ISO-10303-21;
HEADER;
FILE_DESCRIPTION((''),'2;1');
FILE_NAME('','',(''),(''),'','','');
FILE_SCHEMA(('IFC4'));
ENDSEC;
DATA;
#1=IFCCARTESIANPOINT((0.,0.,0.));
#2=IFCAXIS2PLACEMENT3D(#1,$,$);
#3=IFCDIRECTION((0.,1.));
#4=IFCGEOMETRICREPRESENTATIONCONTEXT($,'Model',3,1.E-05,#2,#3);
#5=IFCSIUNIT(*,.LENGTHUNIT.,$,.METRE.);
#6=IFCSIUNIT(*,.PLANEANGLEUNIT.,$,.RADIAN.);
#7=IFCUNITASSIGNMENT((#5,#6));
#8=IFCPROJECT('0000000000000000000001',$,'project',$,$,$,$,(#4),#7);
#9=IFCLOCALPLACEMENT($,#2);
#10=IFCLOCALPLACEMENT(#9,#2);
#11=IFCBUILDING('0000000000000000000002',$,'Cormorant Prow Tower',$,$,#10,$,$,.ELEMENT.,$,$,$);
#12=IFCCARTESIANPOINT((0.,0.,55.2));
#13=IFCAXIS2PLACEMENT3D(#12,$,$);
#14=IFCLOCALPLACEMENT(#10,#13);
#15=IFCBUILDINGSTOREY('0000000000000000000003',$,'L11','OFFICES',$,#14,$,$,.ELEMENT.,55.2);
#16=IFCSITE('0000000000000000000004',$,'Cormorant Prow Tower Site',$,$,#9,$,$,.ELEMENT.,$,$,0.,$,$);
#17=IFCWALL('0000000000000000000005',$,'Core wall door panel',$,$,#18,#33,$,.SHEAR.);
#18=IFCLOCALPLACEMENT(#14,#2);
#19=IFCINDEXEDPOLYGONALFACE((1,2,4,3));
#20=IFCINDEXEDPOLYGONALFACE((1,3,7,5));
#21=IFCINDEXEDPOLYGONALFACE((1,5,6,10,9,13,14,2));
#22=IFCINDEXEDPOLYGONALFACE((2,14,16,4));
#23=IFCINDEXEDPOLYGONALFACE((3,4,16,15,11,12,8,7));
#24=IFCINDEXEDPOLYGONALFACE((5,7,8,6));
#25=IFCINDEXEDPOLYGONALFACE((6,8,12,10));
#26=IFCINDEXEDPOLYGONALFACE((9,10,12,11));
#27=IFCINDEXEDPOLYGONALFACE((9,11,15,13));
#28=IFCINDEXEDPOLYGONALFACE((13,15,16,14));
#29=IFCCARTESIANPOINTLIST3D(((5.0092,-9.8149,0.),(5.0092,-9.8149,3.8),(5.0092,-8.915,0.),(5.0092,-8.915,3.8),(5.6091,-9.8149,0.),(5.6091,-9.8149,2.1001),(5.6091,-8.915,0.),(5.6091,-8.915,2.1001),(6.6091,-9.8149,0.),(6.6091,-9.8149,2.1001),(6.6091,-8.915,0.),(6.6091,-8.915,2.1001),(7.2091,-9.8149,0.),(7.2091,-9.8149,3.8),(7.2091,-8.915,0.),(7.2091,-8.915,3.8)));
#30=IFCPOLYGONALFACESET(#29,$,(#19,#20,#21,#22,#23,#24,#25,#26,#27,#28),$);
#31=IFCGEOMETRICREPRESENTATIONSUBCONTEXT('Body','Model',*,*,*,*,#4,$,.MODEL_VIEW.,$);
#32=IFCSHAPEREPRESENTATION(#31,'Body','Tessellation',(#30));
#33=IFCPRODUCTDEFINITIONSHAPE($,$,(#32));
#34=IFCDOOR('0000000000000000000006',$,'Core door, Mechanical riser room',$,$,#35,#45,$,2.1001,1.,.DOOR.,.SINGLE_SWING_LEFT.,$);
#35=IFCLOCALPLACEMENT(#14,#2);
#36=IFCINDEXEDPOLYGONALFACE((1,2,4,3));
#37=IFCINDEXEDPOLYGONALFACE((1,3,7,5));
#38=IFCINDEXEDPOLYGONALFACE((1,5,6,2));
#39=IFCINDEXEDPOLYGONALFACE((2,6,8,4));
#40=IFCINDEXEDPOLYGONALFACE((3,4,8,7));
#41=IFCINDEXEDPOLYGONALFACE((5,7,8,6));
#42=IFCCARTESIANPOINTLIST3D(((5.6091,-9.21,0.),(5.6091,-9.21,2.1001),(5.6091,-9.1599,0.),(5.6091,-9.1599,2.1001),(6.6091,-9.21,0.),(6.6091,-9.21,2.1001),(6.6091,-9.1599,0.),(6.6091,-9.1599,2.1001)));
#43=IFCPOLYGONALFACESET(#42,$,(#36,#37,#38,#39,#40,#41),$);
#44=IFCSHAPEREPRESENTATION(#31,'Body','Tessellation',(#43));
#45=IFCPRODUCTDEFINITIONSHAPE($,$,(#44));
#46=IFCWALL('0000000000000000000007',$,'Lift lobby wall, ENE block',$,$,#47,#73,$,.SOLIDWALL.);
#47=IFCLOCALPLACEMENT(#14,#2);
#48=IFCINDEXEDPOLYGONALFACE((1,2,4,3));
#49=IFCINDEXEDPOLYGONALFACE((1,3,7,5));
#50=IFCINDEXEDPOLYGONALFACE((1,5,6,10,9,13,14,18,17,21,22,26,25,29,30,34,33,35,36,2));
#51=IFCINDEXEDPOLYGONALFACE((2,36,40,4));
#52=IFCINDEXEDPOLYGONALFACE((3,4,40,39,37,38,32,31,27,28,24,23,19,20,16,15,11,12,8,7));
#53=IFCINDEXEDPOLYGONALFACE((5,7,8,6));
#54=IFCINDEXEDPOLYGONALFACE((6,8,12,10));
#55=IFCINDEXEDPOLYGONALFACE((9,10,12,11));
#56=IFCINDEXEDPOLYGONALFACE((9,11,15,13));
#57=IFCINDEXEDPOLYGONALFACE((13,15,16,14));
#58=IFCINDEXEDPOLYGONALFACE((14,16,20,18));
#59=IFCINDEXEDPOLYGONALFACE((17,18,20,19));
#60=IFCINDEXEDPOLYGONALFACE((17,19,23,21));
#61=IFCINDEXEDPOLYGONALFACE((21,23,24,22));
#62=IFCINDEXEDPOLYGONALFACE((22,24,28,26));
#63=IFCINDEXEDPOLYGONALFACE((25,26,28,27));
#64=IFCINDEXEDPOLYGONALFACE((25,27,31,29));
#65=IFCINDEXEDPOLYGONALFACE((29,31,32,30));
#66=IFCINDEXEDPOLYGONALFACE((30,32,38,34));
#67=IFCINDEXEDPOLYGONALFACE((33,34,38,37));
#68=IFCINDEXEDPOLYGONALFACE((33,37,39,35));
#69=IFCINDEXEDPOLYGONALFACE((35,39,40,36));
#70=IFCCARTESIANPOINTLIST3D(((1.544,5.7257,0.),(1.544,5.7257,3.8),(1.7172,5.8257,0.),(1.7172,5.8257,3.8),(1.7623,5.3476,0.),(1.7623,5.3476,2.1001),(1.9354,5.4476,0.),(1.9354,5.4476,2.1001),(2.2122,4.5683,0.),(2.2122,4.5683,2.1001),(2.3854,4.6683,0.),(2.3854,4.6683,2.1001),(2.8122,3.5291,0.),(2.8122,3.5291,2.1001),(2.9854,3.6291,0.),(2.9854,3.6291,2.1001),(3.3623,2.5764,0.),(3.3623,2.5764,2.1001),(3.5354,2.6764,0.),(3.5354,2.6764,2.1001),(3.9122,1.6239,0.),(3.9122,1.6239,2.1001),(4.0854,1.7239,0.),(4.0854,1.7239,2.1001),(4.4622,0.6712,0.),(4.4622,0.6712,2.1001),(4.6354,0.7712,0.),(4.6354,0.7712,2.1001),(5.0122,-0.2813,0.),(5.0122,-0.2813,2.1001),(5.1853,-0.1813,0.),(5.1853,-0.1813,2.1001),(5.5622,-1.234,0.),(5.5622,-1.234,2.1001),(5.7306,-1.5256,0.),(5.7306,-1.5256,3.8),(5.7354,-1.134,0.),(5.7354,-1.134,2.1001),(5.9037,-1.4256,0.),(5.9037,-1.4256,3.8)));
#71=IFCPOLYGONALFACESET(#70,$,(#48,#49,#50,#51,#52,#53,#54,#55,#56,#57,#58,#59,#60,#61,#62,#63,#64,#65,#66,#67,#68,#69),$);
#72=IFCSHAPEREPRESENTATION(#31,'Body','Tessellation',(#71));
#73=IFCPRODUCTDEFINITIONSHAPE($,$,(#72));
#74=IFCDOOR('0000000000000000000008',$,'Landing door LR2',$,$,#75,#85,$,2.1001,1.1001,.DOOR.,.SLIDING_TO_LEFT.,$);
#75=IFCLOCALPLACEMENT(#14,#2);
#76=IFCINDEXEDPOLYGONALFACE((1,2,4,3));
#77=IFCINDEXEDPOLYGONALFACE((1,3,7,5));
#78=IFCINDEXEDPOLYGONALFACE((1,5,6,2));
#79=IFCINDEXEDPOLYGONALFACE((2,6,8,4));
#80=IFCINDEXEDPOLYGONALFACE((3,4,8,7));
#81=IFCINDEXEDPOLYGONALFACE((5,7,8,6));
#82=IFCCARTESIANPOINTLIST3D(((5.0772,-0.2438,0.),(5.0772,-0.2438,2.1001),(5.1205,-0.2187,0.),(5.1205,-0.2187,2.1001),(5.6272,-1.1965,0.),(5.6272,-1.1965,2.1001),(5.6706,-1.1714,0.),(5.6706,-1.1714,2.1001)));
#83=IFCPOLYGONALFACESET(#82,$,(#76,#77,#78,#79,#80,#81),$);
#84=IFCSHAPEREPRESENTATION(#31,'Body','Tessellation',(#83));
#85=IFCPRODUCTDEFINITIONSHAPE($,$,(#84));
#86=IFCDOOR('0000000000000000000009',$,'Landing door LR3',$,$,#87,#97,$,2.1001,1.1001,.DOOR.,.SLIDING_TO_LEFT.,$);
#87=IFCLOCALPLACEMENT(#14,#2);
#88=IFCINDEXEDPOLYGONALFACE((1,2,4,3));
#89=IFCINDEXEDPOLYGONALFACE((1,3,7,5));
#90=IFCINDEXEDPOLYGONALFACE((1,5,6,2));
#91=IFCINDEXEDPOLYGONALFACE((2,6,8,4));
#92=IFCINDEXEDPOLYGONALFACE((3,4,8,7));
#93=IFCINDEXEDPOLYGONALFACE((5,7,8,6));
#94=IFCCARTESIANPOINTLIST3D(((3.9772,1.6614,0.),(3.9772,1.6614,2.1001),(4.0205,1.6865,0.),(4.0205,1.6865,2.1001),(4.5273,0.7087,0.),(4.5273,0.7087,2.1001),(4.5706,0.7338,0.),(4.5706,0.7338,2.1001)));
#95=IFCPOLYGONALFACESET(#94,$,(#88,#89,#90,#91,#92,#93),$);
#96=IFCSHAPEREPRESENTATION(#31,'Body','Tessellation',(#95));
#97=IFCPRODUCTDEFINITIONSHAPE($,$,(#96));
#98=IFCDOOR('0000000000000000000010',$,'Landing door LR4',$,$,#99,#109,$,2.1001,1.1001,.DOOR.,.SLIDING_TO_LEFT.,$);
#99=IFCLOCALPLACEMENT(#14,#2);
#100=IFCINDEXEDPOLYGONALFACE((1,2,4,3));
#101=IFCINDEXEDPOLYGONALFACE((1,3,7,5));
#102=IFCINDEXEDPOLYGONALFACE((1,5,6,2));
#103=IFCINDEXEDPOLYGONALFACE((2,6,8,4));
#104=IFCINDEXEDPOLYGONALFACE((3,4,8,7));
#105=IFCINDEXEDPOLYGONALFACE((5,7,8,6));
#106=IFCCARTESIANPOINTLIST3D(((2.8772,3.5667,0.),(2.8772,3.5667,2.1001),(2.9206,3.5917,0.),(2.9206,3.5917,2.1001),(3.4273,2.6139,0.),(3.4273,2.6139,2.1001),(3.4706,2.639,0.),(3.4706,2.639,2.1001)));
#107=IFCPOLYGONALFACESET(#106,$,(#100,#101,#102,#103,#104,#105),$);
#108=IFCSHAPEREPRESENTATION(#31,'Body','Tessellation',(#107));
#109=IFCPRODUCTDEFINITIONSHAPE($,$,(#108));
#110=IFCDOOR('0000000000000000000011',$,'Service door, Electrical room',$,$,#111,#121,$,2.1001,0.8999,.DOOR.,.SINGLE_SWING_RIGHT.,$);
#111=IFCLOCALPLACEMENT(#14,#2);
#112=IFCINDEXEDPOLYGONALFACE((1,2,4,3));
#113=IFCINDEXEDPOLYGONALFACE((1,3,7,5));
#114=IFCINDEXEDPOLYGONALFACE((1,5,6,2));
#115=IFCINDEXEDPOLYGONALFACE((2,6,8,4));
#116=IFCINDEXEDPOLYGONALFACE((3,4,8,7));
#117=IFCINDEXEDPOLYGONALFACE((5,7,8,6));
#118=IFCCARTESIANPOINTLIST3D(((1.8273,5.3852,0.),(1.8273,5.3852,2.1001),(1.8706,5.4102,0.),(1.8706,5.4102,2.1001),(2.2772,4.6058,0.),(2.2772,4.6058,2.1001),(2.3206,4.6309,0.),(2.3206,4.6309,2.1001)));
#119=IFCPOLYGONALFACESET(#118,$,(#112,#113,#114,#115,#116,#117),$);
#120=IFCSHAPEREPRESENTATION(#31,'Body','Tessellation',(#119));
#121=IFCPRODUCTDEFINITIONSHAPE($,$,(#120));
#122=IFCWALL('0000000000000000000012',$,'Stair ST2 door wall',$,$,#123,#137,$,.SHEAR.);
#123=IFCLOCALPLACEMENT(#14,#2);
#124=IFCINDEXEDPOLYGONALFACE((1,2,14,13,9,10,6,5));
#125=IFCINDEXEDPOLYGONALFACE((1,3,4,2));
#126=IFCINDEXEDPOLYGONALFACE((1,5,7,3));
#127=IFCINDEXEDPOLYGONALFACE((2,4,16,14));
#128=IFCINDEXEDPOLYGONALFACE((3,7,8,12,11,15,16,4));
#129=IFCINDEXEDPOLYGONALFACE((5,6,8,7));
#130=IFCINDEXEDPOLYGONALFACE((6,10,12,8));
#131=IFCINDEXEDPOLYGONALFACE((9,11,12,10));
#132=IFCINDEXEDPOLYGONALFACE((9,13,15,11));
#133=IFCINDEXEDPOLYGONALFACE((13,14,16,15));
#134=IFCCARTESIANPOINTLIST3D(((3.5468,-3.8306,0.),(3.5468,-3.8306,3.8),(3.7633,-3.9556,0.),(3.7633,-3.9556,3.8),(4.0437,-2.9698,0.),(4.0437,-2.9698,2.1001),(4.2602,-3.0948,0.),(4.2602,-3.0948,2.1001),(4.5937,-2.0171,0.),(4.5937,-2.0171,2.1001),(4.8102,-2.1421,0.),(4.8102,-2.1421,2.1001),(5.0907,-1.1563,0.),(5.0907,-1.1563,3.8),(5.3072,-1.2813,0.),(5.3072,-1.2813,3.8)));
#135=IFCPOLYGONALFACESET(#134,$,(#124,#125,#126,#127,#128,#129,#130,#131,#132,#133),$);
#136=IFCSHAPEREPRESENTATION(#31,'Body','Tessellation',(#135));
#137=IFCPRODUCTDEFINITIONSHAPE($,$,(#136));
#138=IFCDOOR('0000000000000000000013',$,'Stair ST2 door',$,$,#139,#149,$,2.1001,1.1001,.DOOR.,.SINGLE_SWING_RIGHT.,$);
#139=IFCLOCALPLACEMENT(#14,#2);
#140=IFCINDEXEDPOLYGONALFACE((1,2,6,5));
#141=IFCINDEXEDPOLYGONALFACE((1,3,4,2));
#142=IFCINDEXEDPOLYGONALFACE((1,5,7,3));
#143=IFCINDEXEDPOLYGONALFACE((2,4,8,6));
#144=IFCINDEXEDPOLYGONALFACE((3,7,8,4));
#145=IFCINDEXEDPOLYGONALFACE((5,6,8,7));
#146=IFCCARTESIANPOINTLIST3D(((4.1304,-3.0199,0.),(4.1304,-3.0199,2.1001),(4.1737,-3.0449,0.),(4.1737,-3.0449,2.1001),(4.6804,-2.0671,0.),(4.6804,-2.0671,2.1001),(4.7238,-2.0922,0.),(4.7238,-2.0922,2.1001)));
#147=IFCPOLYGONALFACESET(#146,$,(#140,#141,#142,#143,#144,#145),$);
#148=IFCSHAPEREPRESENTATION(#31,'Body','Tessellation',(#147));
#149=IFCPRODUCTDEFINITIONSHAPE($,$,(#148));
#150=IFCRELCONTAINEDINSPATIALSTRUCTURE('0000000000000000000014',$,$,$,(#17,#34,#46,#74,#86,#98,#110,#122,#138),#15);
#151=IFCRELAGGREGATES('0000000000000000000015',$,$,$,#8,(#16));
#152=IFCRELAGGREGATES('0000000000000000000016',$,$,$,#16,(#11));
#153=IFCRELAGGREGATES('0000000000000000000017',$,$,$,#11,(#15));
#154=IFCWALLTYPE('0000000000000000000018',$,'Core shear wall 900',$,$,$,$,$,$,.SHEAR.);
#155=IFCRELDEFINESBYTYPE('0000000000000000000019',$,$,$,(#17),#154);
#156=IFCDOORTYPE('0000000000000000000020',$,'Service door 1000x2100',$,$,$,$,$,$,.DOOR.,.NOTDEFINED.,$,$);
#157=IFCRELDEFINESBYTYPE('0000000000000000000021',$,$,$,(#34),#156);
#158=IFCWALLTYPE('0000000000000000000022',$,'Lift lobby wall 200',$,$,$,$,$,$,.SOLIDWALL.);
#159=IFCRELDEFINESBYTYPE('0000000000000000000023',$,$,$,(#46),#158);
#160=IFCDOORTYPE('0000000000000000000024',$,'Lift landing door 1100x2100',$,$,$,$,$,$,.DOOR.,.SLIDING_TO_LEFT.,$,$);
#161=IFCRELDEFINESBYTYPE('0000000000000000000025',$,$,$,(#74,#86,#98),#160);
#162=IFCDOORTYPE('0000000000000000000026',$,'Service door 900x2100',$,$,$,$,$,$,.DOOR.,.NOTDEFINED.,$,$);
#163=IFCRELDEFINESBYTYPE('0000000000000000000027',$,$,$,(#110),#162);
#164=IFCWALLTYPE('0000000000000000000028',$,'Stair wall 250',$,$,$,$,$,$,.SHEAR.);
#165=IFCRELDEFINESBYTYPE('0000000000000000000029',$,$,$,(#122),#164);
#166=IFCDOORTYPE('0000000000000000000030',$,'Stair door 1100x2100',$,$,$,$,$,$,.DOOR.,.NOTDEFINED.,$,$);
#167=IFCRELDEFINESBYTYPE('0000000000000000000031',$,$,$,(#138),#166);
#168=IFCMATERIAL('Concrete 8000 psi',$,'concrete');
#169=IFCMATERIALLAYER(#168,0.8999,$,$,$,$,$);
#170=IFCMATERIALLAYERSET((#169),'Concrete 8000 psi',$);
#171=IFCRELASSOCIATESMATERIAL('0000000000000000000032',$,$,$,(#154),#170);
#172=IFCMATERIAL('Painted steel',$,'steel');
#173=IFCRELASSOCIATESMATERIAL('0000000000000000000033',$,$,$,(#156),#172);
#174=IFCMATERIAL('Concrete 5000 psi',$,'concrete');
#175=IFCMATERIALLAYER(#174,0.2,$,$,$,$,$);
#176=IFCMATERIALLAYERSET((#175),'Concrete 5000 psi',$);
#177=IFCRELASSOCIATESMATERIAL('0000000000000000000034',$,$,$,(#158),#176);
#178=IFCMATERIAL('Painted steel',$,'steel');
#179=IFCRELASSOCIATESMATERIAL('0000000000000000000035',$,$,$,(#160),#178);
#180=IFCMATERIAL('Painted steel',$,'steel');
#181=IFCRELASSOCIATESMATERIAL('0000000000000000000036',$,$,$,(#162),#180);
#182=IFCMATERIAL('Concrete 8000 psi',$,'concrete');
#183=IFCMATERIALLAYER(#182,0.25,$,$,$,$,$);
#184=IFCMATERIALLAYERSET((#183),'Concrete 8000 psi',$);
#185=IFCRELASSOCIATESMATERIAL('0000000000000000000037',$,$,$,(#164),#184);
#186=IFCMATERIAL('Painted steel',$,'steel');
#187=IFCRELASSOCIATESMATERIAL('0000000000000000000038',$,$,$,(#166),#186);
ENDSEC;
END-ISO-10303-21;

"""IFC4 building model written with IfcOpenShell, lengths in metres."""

from ifc_helpers import new_model, si_unit, direction, frame, frame_2d, origin, place, context, subcontext, project, spatial, rectangle, extrude, material, layer, layer_set, type_object, element, fill, save


model = new_model("IFC4")

# Units and contexts
model_context = context("Model", 3, precision=1e-05, world=origin(), true_north=direction((0.0, 1.0)))
body_context = subcontext(model_context, "Body", "Model", "MODEL_VIEW")
ifc_project = project(units=[si_unit("LENGTHUNIT", "METRE"), si_unit("PLANEANGLEUNIT", "RADIAN")], contexts=[model_context])

# Site, building, storey
site_placement = place(None, origin())
site = spatial("IfcSite", under=ifc_project, at=site_placement, Name="Cormorant Prow Tower Site", CompositionType="ELEMENT", RefElevation=0.0)
building_placement = place(site_placement, origin())
building = spatial("IfcBuilding", under=site, at=building_placement, Name="Cormorant Prow Tower", CompositionType="ELEMENT")
storey_placement = place(building_placement, frame((0.0, 0.0, 55.2)))
storey = spatial("IfcBuildingStorey", under=building, at=storey_placement, Name="L11", Description="OFFICES", CompositionType="ELEMENT", Elevation=55.2)

# Shared definitions
ifc_material_1 = material(Name="Concrete 8000 psi", Category="concrete")
ifc_layer_1 = layer(ifc_material_1, 0.8999)
ifc_layer_set_1 = layer_set([ifc_layer_1], Name="Concrete 8000 psi")
wall_type_1 = type_object("IfcWallType", Name="Core shear wall 900", PredefinedType="SHEAR", material=ifc_layer_set_1)

# Wall, opening, door
ifc_material_2 = material(Name="Painted steel", Category="steel")
door_type_1 = type_object("IfcDoorType", Name="Service door 1000x2100", OperationType="NOTDEFINED", PredefinedType="DOOR", material=ifc_material_2)
wall_1_placement = place(storey_placement, frame((5.009, -9.365, 0.0), z_axis=(0.0, 0.0, 1.0), x_axis=(1.0, 0.0, 0.0)))
wall_1 = element("IfcWall", 1, at=wall_1_placement, inside=storey, type_object=wall_type_1, Name="Core wall door panel", PredefinedType="SHEAR", context=body_context, shape_type="SweptSolid", body=[
    extrude(rectangle(XDim=2.2, YDim=0.8999, at=frame_2d((1.1001, 0.0))), origin(), (0.0, 0.0, 1.0), 3.8),
])
opening_1_placement = place(wall_1_placement, frame((0.6001, 0.0, 0.0)))
opening_1 = element("IfcOpeningElement", 2, at=opening_1_placement, cuts=wall_1, PredefinedType="OPENING", context=body_context, shape_type="SweptSolid", body=[
    extrude(rectangle(XDim=1.0, YDim=2.1001, at=frame_2d((0.5, 1.05))), frame((0.0, 0.46, 0.0), z_axis=(0.0, -1.0, 0.0), x_axis=(1.0, 0.0, 0.0)), (0.0, 0.0, 1.0), 0.9199),
])
door_1_placement = place(opening_1_placement, origin())
door_1 = element("IfcDoor", 3, at=door_1_placement, inside=storey, type_object=door_type_1, Name="Core door, Mechanical riser room", OperationType="SINGLE_SWING_LEFT", OverallHeight=2.1001, OverallWidth=1.0, PredefinedType="DOOR", context=body_context, shape_type="SweptSolid", body=[
    extrude(rectangle(XDim=1.0, YDim=2.1001, at=frame_2d((0.5, 1.05))), frame((0.0, 0.2051, 0.0), z_axis=(0.0, -1.0, 0.0), x_axis=(1.0, 0.0, 0.0)), (0.0, 0.0, 1.0), 0.05),
])
fill(opening_1, door_1)

# Wall, openings, doors
ifc_material_3 = material(Name="Concrete 5000 psi", Category="concrete")
ifc_layer_2 = layer(ifc_material_3, 0.2)
ifc_layer_set_2 = layer_set([ifc_layer_2], Name="Concrete 5000 psi")
wall_type_2 = type_object("IfcWallType", Name="Lift lobby wall 200", PredefinedType="SOLIDWALL", material=ifc_layer_set_2)
wall_2_placement = place(storey_placement, frame((5.8171, -1.4756, 0.0), z_axis=(0.0, 0.0, 1.0), x_axis=(-0.500003, 0.866024, 0.0)))
wall_2 = element("IfcWall", 4, at=wall_2_placement, inside=storey, type_object=wall_type_2, Name="Lift lobby wall, ENE block", PredefinedType="SOLIDWALL", context=body_context, shape_type="SweptSolid", body=[
    extrude(rectangle(XDim=8.373, YDim=0.2, at=frame_2d((4.1865, 0.0))), origin(), (0.0, 0.0, 1.0), 3.8),
])
opening_2_placement = place(wall_2_placement, frame((0.3367, 0.0, 0.0)))
opening_2 = element("IfcOpeningElement", 5, at=opening_2_placement, cuts=wall_2, PredefinedType="OPENING", context=body_context, shape_type="SweptSolid", body=[
    extrude(rectangle(XDim=1.1001, YDim=2.1001, at=frame_2d((0.55, 1.05))), frame((0.0, 0.1099, 0.0), z_axis=(0.0, -1.0, 0.0), x_axis=(1.0, 0.0, 0.0)), (0.0, 0.0, 1.0), 0.22),
])
opening_3_placement = place(wall_2_placement, frame((2.5366, 0.0, 0.0)))
opening_3 = element("IfcOpeningElement", 6, at=opening_3_placement, cuts=wall_2, PredefinedType="OPENING", context=body_context, shape_type="SweptSolid", body=[
    extrude(rectangle(XDim=1.1001, YDim=2.1001, at=frame_2d((0.55, 1.05))), frame((0.0, 0.1099, 0.0), z_axis=(0.0, -1.0, 0.0), x_axis=(1.0, 0.0, 0.0)), (0.0, 0.0, 1.0), 0.22),
])
opening_4_placement = place(wall_2_placement, frame((4.7366, 0.0, 0.0)))
opening_4 = element("IfcOpeningElement", 7, at=opening_4_placement, cuts=wall_2, PredefinedType="OPENING", context=body_context, shape_type="SweptSolid", body=[
    extrude(rectangle(XDim=1.1001, YDim=2.1001, at=frame_2d((0.55, 1.05))), frame((0.0, 0.1099, 0.0), z_axis=(0.0, -1.0, 0.0), x_axis=(1.0, 0.0, 0.0)), (0.0, 0.0, 1.0), 0.22),
])
opening_5_placement = place(wall_2_placement, frame((7.0366, 0.0, 0.0)))
opening_5 = element("IfcOpeningElement", 8, at=opening_5_placement, cuts=wall_2, PredefinedType="OPENING", context=body_context, shape_type="SweptSolid", body=[
    extrude(rectangle(XDim=0.8999, YDim=2.1001, at=frame_2d((0.45, 1.05))), frame((0.0, 0.1099, 0.0), z_axis=(0.0, -1.0, 0.0), x_axis=(1.0, 0.0, 0.0)), (0.0, 0.0, 1.0), 0.22),
])
ifc_material_4 = material(Name="Painted steel", Category="steel")
door_type_2 = type_object("IfcDoorType", Name="Lift landing door 1100x2100", OperationType="SLIDING_TO_LEFT", PredefinedType="DOOR", material=ifc_material_4)
door_2_placement = place(opening_2_placement, origin())
door_2 = element("IfcDoor", 9, at=door_2_placement, inside=storey, type_object=door_type_2, Name="Landing door LR2", OperationType="SLIDING_TO_LEFT", OverallHeight=2.1001, OverallWidth=1.1001, PredefinedType="DOOR", context=body_context, shape_type="SweptSolid", body=[
    extrude(rectangle(XDim=1.1001, YDim=2.1001, at=frame_2d((0.55, 1.05))), frame((0.0, 0.0249, 0.0), z_axis=(0.0, -1.0, 0.0), x_axis=(1.0, 0.0, 0.0)), (0.0, 0.0, 1.0), 0.05),
])
fill(opening_2, door_2)
door_3_placement = place(opening_3_placement, origin())
door_3 = element("IfcDoor", 10, at=door_3_placement, inside=storey, type_object=door_type_2, Name="Landing door LR3", OperationType="SLIDING_TO_LEFT", OverallHeight=2.1001, OverallWidth=1.1001, PredefinedType="DOOR", context=body_context, shape_type="SweptSolid", body=[
    extrude(rectangle(XDim=1.1001, YDim=2.1001, at=frame_2d((0.55, 1.05))), frame((0.0, 0.0249, 0.0), z_axis=(0.0, -1.0, 0.0), x_axis=(1.0, 0.0, 0.0)), (0.0, 0.0, 1.0), 0.05),
])
fill(opening_3, door_3)
door_4_placement = place(opening_4_placement, origin())
door_4 = element("IfcDoor", 11, at=door_4_placement, inside=storey, type_object=door_type_2, Name="Landing door LR4", OperationType="SLIDING_TO_LEFT", OverallHeight=2.1001, OverallWidth=1.1001, PredefinedType="DOOR", context=body_context, shape_type="SweptSolid", body=[
    extrude(rectangle(XDim=1.1001, YDim=2.1001, at=frame_2d((0.55, 1.05))), frame((0.0, 0.0249, 0.0), z_axis=(0.0, -1.0, 0.0), x_axis=(1.0, 0.0, 0.0)), (0.0, 0.0, 1.0), 0.05),
])
fill(opening_4, door_4)
ifc_material_5 = material(Name="Painted steel", Category="steel")
door_type_3 = type_object("IfcDoorType", Name="Service door 900x2100", OperationType="NOTDEFINED", PredefinedType="DOOR", material=ifc_material_5)
door_5_placement = place(opening_5_placement, origin())
door_5 = element("IfcDoor", 12, at=door_5_placement, inside=storey, type_object=door_type_3, Name="Service door, Electrical room", OperationType="SINGLE_SWING_RIGHT", OverallHeight=2.1001, OverallWidth=0.8999, PredefinedType="DOOR", context=body_context, shape_type="SweptSolid", body=[
    extrude(rectangle(XDim=0.8999, YDim=2.1001, at=frame_2d((0.45, 1.05))), frame((0.0, 0.0249, 0.0), z_axis=(0.0, -1.0, 0.0), x_axis=(1.0, 0.0, 0.0)), (0.0, 0.0, 1.0), 0.05),
])
fill(opening_5, door_5)

# Wall, opening, door
ifc_material_6 = material(Name="Concrete 8000 psi", Category="concrete")
ifc_layer_3 = layer(ifc_material_6, 0.25)
ifc_layer_set_3 = layer_set([ifc_layer_3], Name="Concrete 8000 psi")
wall_type_3 = type_object("IfcWallType", Name="Stair wall 250", PredefinedType="SHEAR", material=ifc_layer_set_3)
wall_3_placement = place(storey_placement, frame((3.655, -3.8931, 0.0), z_axis=(0.0, 0.0, 1.0), x_axis=(0.499983, 0.866035, 0.0)))
wall_3 = element("IfcWall", 13, at=wall_3_placement, inside=storey, type_object=wall_type_3, Name="Stair ST2 door wall", PredefinedType="SHEAR", context=body_context, shape_type="SweptSolid", body=[
    extrude(rectangle(XDim=3.0879, YDim=0.25, at=frame_2d((1.5439, 0.0))), origin(), (0.0, 0.0, 1.0), 3.8),
])
opening_6_placement = place(wall_3_placement, frame((0.9939, 0.0, 0.0)))
opening_6 = element("IfcOpeningElement", 14, at=opening_6_placement, cuts=wall_3, PredefinedType="OPENING", context=body_context, shape_type="SweptSolid", body=[
    extrude(rectangle(XDim=1.1001, YDim=2.1001, at=frame_2d((0.55, 1.05))), frame((0.0, 0.135, 0.0), z_axis=(0.0, -1.0, 0.0), x_axis=(1.0, 0.0, 0.0)), (0.0, 0.0, 1.0), 0.27),
])
ifc_material_7 = material(Name="Painted steel", Category="steel")
door_type_4 = type_object("IfcDoorType", Name="Stair door 1100x2100", OperationType="NOTDEFINED", PredefinedType="DOOR", material=ifc_material_7)
door_6_placement = place(opening_6_placement, origin())
door_6 = element("IfcDoor", 15, at=door_6_placement, inside=storey, type_object=door_type_4, Name="Stair ST2 door", OperationType="SINGLE_SWING_RIGHT", OverallHeight=2.1001, OverallWidth=1.1001, PredefinedType="DOOR", context=body_context, shape_type="SweptSolid", body=[
    extrude(rectangle(XDim=1.1001, YDim=2.1001, at=frame_2d((0.55, 1.05))), frame((0.0, 0.0249, 0.0), z_axis=(0.0, -1.0, 0.0), x_axis=(1.0, 0.0, 0.0)), (0.0, 0.0, 1.0), 0.05),
])
fill(opening_6, door_6)

save(model, "model.ifc")
